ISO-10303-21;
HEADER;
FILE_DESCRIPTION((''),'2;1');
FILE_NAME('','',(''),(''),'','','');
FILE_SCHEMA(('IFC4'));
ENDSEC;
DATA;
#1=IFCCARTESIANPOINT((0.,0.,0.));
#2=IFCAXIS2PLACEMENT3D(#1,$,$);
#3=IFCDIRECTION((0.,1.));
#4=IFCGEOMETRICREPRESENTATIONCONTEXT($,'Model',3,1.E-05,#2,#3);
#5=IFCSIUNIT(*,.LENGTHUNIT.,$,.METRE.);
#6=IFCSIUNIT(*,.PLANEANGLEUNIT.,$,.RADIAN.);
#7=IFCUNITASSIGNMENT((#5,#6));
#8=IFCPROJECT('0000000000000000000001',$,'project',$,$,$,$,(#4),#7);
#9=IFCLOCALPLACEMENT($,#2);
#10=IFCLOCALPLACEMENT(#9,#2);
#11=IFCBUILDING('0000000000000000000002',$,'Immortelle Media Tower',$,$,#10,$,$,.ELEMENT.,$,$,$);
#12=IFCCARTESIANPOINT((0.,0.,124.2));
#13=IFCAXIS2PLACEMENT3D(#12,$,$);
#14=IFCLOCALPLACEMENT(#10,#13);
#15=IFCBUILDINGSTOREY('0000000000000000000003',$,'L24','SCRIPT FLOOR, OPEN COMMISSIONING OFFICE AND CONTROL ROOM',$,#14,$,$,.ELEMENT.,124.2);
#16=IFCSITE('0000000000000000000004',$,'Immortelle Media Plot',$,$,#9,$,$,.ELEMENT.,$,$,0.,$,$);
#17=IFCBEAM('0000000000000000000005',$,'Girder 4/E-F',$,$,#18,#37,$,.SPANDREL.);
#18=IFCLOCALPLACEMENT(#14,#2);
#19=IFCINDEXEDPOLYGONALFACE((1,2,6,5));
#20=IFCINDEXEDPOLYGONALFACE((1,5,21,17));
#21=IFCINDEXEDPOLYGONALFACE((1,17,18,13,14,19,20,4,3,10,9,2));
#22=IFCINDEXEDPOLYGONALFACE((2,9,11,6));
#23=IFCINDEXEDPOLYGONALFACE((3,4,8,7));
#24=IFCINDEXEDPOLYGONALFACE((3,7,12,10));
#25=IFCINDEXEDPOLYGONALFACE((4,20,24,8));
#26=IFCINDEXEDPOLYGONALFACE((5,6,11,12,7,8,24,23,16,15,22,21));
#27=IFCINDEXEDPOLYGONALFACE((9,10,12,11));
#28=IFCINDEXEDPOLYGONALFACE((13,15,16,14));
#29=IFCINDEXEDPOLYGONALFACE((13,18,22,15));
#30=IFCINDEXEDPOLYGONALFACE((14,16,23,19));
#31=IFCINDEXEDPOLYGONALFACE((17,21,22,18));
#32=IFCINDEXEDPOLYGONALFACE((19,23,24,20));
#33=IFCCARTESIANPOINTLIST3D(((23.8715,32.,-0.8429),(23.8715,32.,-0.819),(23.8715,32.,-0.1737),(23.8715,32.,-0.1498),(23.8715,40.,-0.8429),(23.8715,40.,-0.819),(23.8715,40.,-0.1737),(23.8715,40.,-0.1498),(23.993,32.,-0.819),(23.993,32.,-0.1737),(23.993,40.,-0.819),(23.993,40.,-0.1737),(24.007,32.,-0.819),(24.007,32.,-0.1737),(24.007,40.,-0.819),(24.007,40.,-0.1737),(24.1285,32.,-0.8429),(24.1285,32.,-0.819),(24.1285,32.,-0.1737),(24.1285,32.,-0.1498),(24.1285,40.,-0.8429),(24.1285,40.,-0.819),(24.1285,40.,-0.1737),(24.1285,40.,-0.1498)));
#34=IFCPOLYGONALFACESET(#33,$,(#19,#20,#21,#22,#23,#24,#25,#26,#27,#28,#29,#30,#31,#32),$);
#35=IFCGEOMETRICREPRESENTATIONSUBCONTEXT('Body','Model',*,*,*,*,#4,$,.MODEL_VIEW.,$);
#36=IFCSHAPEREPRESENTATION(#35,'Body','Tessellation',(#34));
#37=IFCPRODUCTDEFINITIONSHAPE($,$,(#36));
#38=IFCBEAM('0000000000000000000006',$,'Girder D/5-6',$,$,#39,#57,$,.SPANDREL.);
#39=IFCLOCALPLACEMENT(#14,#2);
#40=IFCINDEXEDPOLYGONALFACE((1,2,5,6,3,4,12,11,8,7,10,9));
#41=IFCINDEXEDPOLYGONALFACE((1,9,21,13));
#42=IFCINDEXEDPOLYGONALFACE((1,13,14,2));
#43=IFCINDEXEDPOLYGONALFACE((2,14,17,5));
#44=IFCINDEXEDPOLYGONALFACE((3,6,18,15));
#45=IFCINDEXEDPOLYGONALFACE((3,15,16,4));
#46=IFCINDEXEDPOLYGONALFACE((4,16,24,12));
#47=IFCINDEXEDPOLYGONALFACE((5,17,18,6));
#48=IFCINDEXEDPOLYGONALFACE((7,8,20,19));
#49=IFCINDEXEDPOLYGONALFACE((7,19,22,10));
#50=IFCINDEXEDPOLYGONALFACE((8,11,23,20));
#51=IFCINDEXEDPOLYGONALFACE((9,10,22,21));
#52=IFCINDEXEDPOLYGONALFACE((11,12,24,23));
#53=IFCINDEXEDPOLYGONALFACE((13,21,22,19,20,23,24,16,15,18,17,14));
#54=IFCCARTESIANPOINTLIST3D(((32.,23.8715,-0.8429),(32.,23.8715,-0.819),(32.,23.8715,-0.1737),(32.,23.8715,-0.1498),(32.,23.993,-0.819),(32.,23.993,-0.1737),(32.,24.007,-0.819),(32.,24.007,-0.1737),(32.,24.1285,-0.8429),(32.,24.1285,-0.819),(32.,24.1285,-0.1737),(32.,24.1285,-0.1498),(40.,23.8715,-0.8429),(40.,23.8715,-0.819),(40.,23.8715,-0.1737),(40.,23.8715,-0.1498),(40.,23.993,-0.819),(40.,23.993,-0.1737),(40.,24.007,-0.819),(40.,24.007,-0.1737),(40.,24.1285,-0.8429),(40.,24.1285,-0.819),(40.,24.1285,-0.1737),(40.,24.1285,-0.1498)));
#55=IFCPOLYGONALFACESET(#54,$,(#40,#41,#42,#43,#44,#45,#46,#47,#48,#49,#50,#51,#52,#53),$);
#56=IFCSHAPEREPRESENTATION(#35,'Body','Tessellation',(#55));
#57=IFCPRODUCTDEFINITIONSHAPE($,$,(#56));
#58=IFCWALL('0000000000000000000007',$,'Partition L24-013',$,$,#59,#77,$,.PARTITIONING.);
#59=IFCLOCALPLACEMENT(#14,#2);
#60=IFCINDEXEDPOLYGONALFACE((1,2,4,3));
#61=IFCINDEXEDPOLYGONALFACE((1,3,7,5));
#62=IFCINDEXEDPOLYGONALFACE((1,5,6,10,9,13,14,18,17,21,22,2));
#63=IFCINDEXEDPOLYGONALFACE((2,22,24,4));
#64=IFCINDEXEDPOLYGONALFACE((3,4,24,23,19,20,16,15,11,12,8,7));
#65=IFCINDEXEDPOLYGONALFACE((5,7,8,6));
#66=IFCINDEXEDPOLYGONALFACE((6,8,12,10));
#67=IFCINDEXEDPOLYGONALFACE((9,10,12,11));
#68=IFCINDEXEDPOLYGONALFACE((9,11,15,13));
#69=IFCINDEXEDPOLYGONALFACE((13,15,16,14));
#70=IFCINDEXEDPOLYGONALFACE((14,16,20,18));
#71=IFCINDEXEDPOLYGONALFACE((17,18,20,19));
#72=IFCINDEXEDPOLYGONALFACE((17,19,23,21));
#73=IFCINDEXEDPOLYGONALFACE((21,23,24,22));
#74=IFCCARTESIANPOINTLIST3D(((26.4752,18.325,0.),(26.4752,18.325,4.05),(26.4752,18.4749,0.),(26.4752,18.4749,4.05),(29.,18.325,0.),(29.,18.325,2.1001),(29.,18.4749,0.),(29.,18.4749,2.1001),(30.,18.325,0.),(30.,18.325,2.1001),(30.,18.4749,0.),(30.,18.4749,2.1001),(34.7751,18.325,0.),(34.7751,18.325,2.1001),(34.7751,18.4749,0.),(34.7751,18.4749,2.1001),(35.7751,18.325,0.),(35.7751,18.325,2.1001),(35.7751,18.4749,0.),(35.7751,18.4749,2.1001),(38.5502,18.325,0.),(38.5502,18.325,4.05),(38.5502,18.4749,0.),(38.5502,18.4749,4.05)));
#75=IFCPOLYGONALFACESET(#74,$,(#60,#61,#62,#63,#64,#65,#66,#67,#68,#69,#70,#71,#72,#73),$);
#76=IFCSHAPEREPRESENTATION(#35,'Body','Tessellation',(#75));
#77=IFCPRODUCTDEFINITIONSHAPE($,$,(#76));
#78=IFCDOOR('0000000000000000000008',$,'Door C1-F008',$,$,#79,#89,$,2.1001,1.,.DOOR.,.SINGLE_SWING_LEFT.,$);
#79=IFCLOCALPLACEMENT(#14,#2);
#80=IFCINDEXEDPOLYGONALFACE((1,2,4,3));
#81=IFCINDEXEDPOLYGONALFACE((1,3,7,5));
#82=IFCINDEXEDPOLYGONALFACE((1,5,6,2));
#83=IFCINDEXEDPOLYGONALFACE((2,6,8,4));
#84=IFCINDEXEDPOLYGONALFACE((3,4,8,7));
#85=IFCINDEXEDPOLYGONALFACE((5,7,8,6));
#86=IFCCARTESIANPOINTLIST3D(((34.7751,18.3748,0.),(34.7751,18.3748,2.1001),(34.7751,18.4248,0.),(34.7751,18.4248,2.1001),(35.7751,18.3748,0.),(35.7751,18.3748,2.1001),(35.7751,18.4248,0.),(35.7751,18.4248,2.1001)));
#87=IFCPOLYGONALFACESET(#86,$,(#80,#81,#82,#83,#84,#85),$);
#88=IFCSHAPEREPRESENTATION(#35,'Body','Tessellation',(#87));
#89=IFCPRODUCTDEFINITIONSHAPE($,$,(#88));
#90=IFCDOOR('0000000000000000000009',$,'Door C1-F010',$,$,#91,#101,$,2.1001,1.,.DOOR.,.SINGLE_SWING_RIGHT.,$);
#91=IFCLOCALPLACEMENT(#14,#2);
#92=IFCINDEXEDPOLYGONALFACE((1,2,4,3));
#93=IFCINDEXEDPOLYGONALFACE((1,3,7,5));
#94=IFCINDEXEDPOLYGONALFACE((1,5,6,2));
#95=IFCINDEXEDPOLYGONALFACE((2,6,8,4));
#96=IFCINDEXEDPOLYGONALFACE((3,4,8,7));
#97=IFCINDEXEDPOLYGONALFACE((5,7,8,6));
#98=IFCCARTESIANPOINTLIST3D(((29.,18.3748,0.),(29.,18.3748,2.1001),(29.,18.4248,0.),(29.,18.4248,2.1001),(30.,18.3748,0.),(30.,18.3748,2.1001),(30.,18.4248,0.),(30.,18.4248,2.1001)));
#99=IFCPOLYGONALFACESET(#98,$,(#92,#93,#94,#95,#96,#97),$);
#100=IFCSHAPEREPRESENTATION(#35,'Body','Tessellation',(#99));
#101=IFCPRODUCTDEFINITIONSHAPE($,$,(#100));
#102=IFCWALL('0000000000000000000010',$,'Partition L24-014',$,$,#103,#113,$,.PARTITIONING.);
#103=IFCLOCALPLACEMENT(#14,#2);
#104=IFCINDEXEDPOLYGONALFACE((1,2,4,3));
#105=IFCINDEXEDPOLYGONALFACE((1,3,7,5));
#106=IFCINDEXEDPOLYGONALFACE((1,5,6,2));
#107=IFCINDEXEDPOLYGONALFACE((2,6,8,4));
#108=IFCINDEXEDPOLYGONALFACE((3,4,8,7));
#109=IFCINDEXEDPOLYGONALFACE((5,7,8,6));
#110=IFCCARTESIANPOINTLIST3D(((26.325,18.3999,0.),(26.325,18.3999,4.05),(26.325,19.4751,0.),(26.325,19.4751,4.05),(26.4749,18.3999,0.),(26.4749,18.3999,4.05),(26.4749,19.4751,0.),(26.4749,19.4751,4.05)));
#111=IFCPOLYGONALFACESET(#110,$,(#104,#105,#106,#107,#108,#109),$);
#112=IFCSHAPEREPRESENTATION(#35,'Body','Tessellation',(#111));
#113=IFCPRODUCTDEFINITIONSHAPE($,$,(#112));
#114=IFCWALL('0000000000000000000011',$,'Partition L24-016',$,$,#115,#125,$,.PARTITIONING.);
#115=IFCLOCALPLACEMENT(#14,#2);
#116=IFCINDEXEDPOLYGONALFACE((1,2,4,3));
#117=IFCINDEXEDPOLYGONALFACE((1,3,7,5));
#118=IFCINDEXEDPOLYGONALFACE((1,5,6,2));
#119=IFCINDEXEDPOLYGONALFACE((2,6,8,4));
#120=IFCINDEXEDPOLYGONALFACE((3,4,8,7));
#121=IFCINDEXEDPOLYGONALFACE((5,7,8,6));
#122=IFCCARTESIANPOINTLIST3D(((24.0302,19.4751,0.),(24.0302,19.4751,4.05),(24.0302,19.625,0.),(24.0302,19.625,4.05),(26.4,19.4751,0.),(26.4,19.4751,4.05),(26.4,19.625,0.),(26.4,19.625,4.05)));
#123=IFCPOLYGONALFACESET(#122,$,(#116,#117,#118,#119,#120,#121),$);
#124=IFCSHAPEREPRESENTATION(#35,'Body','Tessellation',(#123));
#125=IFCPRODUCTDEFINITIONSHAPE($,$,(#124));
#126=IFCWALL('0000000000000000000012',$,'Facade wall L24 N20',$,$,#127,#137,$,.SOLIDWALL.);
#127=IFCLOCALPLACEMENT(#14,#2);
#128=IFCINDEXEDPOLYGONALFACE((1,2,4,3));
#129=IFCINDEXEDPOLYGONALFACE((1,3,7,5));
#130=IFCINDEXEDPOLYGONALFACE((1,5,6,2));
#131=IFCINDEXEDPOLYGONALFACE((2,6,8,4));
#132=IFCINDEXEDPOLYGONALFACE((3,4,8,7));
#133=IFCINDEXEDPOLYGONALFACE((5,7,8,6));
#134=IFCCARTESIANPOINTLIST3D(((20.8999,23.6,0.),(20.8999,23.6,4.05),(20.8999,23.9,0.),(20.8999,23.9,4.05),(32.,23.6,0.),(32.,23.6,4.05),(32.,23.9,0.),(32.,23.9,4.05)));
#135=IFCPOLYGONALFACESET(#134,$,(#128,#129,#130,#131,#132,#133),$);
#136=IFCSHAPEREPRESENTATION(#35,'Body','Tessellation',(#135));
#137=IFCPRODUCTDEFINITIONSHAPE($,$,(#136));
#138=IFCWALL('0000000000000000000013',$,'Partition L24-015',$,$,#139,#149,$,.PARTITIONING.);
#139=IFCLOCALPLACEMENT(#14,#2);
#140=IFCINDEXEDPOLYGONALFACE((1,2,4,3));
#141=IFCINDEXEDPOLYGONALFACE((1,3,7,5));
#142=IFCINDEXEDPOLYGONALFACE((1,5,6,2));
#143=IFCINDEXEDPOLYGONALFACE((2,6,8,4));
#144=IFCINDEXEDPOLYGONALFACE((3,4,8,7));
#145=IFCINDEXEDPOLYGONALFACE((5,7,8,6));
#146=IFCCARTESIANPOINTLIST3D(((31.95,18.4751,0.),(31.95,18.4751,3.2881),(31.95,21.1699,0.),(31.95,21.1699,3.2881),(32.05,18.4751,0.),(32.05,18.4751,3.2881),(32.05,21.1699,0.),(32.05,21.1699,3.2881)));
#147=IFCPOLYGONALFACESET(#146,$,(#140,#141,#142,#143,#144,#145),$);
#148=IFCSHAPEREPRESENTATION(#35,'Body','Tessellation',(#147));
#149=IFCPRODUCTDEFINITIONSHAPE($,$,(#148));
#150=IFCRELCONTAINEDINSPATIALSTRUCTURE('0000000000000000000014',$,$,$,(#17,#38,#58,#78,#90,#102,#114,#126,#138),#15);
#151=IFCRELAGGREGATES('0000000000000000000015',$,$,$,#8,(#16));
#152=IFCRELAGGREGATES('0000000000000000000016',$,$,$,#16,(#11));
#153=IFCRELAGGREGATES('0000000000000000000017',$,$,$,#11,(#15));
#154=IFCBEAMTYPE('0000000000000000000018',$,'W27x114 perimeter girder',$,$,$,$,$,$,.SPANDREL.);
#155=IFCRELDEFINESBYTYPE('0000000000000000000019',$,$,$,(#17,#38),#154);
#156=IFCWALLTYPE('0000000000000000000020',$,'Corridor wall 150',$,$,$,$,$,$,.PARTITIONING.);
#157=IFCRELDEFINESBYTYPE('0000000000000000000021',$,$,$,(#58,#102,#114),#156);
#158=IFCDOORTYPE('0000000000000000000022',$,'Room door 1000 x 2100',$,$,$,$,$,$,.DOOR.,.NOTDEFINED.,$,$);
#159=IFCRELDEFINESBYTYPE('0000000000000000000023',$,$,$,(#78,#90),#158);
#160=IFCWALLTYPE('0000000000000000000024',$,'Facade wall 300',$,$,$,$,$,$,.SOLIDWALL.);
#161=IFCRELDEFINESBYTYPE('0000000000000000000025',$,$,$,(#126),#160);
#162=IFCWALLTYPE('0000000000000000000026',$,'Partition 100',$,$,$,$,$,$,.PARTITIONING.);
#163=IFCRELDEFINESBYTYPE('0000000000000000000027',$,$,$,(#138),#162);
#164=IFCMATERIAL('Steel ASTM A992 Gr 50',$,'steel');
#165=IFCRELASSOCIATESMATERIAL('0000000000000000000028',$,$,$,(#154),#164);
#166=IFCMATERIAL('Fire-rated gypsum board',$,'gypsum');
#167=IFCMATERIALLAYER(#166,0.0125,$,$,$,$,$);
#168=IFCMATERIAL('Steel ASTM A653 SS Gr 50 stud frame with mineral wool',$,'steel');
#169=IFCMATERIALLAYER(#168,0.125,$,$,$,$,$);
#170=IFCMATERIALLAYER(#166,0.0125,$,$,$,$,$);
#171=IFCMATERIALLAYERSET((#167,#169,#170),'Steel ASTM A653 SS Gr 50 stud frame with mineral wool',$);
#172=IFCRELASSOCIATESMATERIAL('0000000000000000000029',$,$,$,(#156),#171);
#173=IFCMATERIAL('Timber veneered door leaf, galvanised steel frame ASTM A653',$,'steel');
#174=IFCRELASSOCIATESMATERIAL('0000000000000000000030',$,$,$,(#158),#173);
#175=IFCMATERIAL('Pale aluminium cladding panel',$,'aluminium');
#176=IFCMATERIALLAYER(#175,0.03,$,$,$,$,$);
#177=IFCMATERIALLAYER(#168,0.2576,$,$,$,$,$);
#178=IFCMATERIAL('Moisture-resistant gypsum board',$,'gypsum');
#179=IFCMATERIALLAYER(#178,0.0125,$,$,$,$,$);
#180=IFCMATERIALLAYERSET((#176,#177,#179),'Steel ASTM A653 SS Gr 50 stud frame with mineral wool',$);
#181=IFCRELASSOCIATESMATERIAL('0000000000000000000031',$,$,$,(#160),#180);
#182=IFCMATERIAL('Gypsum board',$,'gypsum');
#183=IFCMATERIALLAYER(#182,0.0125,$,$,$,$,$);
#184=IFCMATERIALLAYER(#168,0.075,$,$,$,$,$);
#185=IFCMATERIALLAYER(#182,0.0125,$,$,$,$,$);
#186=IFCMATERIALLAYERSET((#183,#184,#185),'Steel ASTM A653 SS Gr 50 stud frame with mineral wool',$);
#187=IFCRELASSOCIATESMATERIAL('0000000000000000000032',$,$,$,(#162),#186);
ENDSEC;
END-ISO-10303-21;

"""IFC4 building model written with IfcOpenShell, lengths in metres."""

from ifc_helpers import new_model, si_unit, direction, frame, frame_2d, origin, origin_2d, place, context, subcontext, project, spatial, rectangle, i_section, extrude, material, layer, layer_set, material_profile, profile_set, type_object, element, fill, save


model = new_model("IFC4")

# Units and contexts
model_context = context("Model", 3, precision=1e-05, world=origin(), true_north=direction((0.0, 1.0)))
body_context = subcontext(model_context, "Body", "Model", "MODEL_VIEW")
ifc_project = project(units=[si_unit("LENGTHUNIT", "METRE"), si_unit("PLANEANGLEUNIT", "RADIAN")], contexts=[model_context])

# Site, building, storey
site_placement = place(None, origin())
site = spatial("IfcSite", under=ifc_project, at=site_placement, Name="Immortelle Media Plot", CompositionType="ELEMENT", RefElevation=0.0)
building_placement = place(site_placement, origin())
building = spatial("IfcBuilding", under=site, at=building_placement, Name="Immortelle Media Tower", CompositionType="ELEMENT")
storey_placement = place(building_placement, frame((0.0, 0.0, 124.2)))
storey = spatial("IfcBuildingStorey", under=building, at=storey_placement, Name="L24", Description="SCRIPT FLOOR, OPEN COMMISSIONING OFFICE AND CONTROL ROOM", CompositionType="ELEMENT", Elevation=124.2)

# Shared definitions
ifc_material_1 = material(Name="Steel ASTM A992 Gr 50", Category="steel")

# Beams
ifc_material_profile_1 = material_profile(ifc_material_1, i_section(OverallWidth=0.2571, OverallDepth=0.6931, WebThickness=0.0139, FlangeThickness=0.0239, at=origin_2d()), Name="W27x114")
ifc_profile_set_1 = profile_set([ifc_material_profile_1], Name="Steel ASTM A992 Gr 50")
beam_type_1 = type_object("IfcBeamType", Name="W27x114 perimeter girder", PredefinedType="SPANDREL", material=ifc_profile_set_1)
for number, where, z_axis, x_axis, name in (
    (1, (24.0, 32.0, -0.4963), (0.0, 1.0, 0.0), (-1.0, 0.0, 0.0), "Girder 4/E-F"),
    (2, (32.0, 24.0, -0.4963), (1.0, 0.0, 0.0), (0.0, 1.0, 0.0), "Girder D/5-6"),
):
    element("IfcBeam", number, at=place(storey_placement, frame(where, z_axis=z_axis, x_axis=x_axis)), inside=storey, type_object=beam_type_1, Name=name, PredefinedType="SPANDREL", context=body_context, shape_type="SweptSolid", body=[
        extrude(i_section(OverallWidth=0.2571, OverallDepth=0.6931, WebThickness=0.0139, FlangeThickness=0.0239, at=origin_2d()), origin(), (0.0, 0.0, 1.0), 8.0),
    ])

# Wall, openings, doors
ifc_material_2 = material(Name="Fire-rated gypsum board", Category="gypsum")
ifc_layer_1 = layer(ifc_material_2, 0.0125)
ifc_material_3 = material(Name="Steel ASTM A653 SS Gr 50 stud frame with mineral wool", Category="steel")
ifc_layer_2 = layer(ifc_material_3, 0.125)
ifc_layer_3 = layer(ifc_material_2, 0.0125)
ifc_layer_set_1 = layer_set([ifc_layer_1, ifc_layer_2, ifc_layer_3], Name="Steel ASTM A653 SS Gr 50 stud frame with mineral wool")
wall_type_1 = type_object("IfcWallType", Name="Corridor wall 150", PredefinedType="PARTITIONING", material=ifc_layer_set_1)
wall_1_placement = place(storey_placement, frame((26.4751, 18.3999, 0.0), z_axis=(0.0, 0.0, 1.0), x_axis=(1.0, 0.0, 0.0)))
wall_1 = element("IfcWall", 3, at=wall_1_placement, inside=storey, type_object=wall_type_1, Name="Partition L24-013", PredefinedType="PARTITIONING", context=body_context, shape_type="SweptSolid", body=[
    extrude(rectangle(XDim=12.075, YDim=0.1499, at=frame_2d((6.0376, 0.0))), origin(), (0.0, 0.0, 1.0), 4.05),
])
opening_1_placement = place(wall_1_placement, frame((8.3, 0.0, 0.0)))
opening_1 = element("IfcOpeningElement", 4, at=opening_1_placement, cuts=wall_1, PredefinedType="OPENING", context=body_context, shape_type="SweptSolid", body=[
    extrude(rectangle(XDim=1.0, YDim=2.1001, at=frame_2d((0.5, 1.05))), frame((0.0, 0.085, 0.0), z_axis=(0.0, -1.0, 0.0), x_axis=(1.0, 0.0, 0.0)), (0.0, 0.0, 1.0), 0.1699),
])
opening_2_placement = place(wall_1_placement, frame((2.5249, 0.0, 0.0)))
opening_2 = element("IfcOpeningElement", 5, at=opening_2_placement, cuts=wall_1, PredefinedType="OPENING", context=body_context, shape_type="SweptSolid", body=[
    extrude(rectangle(XDim=1.0, YDim=2.1001, at=frame_2d((0.5, 1.05))), frame((0.0, 0.085, 0.0), z_axis=(0.0, -1.0, 0.0), x_axis=(1.0, 0.0, 0.0)), (0.0, 0.0, 1.0), 0.1699),
])
ifc_material_4 = material(Name="Timber veneered door leaf, galvanised steel frame ASTM A653", Category="steel")
door_type = type_object("IfcDoorType", Name="Room door 1000 x 2100", OperationType="NOTDEFINED", PredefinedType="DOOR", material=ifc_material_4)
door_1_placement = place(opening_1_placement, origin())
door_1 = element("IfcDoor", 6, at=door_1_placement, inside=storey, type_object=door_type, Name="Door C1-F008", OperationType="SINGLE_SWING_LEFT", OverallHeight=2.1001, OverallWidth=1.0, PredefinedType="DOOR", context=body_context, shape_type="SweptSolid", body=[
    extrude(rectangle(XDim=1.0, YDim=2.1001, at=frame_2d((0.5, 1.05))), frame((0.0, 0.0249, 0.0), z_axis=(0.0, -1.0, 0.0), x_axis=(1.0, 0.0, 0.0)), (0.0, 0.0, 1.0), 0.05),
])
fill(opening_1, door_1)
door_2_placement = place(opening_2_placement, origin())
door_2 = element("IfcDoor", 7, at=door_2_placement, inside=storey, type_object=door_type, Name="Door C1-F010", OperationType="SINGLE_SWING_RIGHT", OverallHeight=2.1001, OverallWidth=1.0, PredefinedType="DOOR", context=body_context, shape_type="SweptSolid", body=[
    extrude(rectangle(XDim=1.0, YDim=2.1001, at=frame_2d((0.5, 1.05))), frame((0.0, 0.0249, 0.0), z_axis=(0.0, -1.0, 0.0), x_axis=(1.0, 0.0, 0.0)), (0.0, 0.0, 1.0), 0.05),
])
fill(opening_2, door_2)

# Walls
wall_2_placement = place(storey_placement, frame((26.3999, 18.3999, 0.0), z_axis=(0.0, 0.0, 1.0), x_axis=(0.0, 1.0, 0.0)))
element("IfcWall", 8, at=wall_2_placement, inside=storey, type_object=wall_type_1, Name="Partition L24-014", PredefinedType="PARTITIONING", context=body_context, shape_type="SweptSolid", body=[
    extrude(rectangle(XDim=1.0752, YDim=0.1499, at=frame_2d((0.5376, 0.0))), origin(), (0.0, 0.0, 1.0), 4.05),
])
wall_3_placement = place(storey_placement, frame((24.03, 19.55, 0.0), z_axis=(0.0, 0.0, 1.0), x_axis=(1.0, 0.0, 0.0)))
element("IfcWall", 9, at=wall_3_placement, inside=storey, type_object=wall_type_1, Name="Partition L24-016", PredefinedType="PARTITIONING", context=body_context, shape_type="SweptSolid", body=[
    extrude(rectangle(XDim=2.3699, YDim=0.1499, at=frame_2d((1.1851, 0.0))), origin(), (0.0, 0.0, 1.0), 4.05),
])
ifc_material_5 = material(Name="Pale aluminium cladding panel", Category="aluminium")
ifc_layer_4 = layer(ifc_material_5, 0.03)
ifc_layer_5 = layer(ifc_material_3, 0.2576)
ifc_material_6 = material(Name="Moisture-resistant gypsum board", Category="gypsum")
ifc_layer_6 = layer(ifc_material_6, 0.0125)
ifc_layer_set_2 = layer_set([ifc_layer_4, ifc_layer_5, ifc_layer_6], Name="Steel ASTM A653 SS Gr 50 stud frame with mineral wool")
wall_type_2 = type_object("IfcWallType", Name="Facade wall 300", PredefinedType="SOLIDWALL", material=ifc_layer_set_2)
wall_4_placement = place(storey_placement, frame((32.0, 23.75, 0.0), z_axis=(0.0, 0.0, 1.0), x_axis=(-1.0, 0.0, 0.0)))
element("IfcWall", 10, at=wall_4_placement, inside=storey, type_object=wall_type_2, Name="Facade wall L24 N20", PredefinedType="SOLIDWALL", context=body_context, shape_type="SweptSolid", body=[
    extrude(rectangle(XDim=11.1001, YDim=0.3, at=frame_2d((5.55, 0.0))), origin(), (0.0, 0.0, 1.0), 4.05),
])
ifc_material_7 = material(Name="Gypsum board", Category="gypsum")
ifc_layer_7 = layer(ifc_material_7, 0.0125)
ifc_layer_8 = layer(ifc_material_3, 0.075)
ifc_layer_9 = layer(ifc_material_7, 0.0125)
ifc_layer_set_3 = layer_set([ifc_layer_7, ifc_layer_8, ifc_layer_9], Name="Steel ASTM A653 SS Gr 50 stud frame with mineral wool")
wall_type_3 = type_object("IfcWallType", Name="Partition 100", PredefinedType="PARTITIONING", material=ifc_layer_set_3)
wall_5_placement = place(storey_placement, frame((32.0, 18.4751, 0.0), z_axis=(0.0, 0.0, 1.0), x_axis=(0.0, 1.0, 0.0)))
element("IfcWall", 11, at=wall_5_placement, inside=storey, type_object=wall_type_3, Name="Partition L24-015", PredefinedType="PARTITIONING", context=body_context, shape_type="SweptSolid", body=[
    extrude(rectangle(XDim=2.6948, YDim=0.1001, at=frame_2d((1.3474, 0.0))), origin(), (0.0, 0.0, 1.0), 3.2881),
])

save(model, "model.ifc")
